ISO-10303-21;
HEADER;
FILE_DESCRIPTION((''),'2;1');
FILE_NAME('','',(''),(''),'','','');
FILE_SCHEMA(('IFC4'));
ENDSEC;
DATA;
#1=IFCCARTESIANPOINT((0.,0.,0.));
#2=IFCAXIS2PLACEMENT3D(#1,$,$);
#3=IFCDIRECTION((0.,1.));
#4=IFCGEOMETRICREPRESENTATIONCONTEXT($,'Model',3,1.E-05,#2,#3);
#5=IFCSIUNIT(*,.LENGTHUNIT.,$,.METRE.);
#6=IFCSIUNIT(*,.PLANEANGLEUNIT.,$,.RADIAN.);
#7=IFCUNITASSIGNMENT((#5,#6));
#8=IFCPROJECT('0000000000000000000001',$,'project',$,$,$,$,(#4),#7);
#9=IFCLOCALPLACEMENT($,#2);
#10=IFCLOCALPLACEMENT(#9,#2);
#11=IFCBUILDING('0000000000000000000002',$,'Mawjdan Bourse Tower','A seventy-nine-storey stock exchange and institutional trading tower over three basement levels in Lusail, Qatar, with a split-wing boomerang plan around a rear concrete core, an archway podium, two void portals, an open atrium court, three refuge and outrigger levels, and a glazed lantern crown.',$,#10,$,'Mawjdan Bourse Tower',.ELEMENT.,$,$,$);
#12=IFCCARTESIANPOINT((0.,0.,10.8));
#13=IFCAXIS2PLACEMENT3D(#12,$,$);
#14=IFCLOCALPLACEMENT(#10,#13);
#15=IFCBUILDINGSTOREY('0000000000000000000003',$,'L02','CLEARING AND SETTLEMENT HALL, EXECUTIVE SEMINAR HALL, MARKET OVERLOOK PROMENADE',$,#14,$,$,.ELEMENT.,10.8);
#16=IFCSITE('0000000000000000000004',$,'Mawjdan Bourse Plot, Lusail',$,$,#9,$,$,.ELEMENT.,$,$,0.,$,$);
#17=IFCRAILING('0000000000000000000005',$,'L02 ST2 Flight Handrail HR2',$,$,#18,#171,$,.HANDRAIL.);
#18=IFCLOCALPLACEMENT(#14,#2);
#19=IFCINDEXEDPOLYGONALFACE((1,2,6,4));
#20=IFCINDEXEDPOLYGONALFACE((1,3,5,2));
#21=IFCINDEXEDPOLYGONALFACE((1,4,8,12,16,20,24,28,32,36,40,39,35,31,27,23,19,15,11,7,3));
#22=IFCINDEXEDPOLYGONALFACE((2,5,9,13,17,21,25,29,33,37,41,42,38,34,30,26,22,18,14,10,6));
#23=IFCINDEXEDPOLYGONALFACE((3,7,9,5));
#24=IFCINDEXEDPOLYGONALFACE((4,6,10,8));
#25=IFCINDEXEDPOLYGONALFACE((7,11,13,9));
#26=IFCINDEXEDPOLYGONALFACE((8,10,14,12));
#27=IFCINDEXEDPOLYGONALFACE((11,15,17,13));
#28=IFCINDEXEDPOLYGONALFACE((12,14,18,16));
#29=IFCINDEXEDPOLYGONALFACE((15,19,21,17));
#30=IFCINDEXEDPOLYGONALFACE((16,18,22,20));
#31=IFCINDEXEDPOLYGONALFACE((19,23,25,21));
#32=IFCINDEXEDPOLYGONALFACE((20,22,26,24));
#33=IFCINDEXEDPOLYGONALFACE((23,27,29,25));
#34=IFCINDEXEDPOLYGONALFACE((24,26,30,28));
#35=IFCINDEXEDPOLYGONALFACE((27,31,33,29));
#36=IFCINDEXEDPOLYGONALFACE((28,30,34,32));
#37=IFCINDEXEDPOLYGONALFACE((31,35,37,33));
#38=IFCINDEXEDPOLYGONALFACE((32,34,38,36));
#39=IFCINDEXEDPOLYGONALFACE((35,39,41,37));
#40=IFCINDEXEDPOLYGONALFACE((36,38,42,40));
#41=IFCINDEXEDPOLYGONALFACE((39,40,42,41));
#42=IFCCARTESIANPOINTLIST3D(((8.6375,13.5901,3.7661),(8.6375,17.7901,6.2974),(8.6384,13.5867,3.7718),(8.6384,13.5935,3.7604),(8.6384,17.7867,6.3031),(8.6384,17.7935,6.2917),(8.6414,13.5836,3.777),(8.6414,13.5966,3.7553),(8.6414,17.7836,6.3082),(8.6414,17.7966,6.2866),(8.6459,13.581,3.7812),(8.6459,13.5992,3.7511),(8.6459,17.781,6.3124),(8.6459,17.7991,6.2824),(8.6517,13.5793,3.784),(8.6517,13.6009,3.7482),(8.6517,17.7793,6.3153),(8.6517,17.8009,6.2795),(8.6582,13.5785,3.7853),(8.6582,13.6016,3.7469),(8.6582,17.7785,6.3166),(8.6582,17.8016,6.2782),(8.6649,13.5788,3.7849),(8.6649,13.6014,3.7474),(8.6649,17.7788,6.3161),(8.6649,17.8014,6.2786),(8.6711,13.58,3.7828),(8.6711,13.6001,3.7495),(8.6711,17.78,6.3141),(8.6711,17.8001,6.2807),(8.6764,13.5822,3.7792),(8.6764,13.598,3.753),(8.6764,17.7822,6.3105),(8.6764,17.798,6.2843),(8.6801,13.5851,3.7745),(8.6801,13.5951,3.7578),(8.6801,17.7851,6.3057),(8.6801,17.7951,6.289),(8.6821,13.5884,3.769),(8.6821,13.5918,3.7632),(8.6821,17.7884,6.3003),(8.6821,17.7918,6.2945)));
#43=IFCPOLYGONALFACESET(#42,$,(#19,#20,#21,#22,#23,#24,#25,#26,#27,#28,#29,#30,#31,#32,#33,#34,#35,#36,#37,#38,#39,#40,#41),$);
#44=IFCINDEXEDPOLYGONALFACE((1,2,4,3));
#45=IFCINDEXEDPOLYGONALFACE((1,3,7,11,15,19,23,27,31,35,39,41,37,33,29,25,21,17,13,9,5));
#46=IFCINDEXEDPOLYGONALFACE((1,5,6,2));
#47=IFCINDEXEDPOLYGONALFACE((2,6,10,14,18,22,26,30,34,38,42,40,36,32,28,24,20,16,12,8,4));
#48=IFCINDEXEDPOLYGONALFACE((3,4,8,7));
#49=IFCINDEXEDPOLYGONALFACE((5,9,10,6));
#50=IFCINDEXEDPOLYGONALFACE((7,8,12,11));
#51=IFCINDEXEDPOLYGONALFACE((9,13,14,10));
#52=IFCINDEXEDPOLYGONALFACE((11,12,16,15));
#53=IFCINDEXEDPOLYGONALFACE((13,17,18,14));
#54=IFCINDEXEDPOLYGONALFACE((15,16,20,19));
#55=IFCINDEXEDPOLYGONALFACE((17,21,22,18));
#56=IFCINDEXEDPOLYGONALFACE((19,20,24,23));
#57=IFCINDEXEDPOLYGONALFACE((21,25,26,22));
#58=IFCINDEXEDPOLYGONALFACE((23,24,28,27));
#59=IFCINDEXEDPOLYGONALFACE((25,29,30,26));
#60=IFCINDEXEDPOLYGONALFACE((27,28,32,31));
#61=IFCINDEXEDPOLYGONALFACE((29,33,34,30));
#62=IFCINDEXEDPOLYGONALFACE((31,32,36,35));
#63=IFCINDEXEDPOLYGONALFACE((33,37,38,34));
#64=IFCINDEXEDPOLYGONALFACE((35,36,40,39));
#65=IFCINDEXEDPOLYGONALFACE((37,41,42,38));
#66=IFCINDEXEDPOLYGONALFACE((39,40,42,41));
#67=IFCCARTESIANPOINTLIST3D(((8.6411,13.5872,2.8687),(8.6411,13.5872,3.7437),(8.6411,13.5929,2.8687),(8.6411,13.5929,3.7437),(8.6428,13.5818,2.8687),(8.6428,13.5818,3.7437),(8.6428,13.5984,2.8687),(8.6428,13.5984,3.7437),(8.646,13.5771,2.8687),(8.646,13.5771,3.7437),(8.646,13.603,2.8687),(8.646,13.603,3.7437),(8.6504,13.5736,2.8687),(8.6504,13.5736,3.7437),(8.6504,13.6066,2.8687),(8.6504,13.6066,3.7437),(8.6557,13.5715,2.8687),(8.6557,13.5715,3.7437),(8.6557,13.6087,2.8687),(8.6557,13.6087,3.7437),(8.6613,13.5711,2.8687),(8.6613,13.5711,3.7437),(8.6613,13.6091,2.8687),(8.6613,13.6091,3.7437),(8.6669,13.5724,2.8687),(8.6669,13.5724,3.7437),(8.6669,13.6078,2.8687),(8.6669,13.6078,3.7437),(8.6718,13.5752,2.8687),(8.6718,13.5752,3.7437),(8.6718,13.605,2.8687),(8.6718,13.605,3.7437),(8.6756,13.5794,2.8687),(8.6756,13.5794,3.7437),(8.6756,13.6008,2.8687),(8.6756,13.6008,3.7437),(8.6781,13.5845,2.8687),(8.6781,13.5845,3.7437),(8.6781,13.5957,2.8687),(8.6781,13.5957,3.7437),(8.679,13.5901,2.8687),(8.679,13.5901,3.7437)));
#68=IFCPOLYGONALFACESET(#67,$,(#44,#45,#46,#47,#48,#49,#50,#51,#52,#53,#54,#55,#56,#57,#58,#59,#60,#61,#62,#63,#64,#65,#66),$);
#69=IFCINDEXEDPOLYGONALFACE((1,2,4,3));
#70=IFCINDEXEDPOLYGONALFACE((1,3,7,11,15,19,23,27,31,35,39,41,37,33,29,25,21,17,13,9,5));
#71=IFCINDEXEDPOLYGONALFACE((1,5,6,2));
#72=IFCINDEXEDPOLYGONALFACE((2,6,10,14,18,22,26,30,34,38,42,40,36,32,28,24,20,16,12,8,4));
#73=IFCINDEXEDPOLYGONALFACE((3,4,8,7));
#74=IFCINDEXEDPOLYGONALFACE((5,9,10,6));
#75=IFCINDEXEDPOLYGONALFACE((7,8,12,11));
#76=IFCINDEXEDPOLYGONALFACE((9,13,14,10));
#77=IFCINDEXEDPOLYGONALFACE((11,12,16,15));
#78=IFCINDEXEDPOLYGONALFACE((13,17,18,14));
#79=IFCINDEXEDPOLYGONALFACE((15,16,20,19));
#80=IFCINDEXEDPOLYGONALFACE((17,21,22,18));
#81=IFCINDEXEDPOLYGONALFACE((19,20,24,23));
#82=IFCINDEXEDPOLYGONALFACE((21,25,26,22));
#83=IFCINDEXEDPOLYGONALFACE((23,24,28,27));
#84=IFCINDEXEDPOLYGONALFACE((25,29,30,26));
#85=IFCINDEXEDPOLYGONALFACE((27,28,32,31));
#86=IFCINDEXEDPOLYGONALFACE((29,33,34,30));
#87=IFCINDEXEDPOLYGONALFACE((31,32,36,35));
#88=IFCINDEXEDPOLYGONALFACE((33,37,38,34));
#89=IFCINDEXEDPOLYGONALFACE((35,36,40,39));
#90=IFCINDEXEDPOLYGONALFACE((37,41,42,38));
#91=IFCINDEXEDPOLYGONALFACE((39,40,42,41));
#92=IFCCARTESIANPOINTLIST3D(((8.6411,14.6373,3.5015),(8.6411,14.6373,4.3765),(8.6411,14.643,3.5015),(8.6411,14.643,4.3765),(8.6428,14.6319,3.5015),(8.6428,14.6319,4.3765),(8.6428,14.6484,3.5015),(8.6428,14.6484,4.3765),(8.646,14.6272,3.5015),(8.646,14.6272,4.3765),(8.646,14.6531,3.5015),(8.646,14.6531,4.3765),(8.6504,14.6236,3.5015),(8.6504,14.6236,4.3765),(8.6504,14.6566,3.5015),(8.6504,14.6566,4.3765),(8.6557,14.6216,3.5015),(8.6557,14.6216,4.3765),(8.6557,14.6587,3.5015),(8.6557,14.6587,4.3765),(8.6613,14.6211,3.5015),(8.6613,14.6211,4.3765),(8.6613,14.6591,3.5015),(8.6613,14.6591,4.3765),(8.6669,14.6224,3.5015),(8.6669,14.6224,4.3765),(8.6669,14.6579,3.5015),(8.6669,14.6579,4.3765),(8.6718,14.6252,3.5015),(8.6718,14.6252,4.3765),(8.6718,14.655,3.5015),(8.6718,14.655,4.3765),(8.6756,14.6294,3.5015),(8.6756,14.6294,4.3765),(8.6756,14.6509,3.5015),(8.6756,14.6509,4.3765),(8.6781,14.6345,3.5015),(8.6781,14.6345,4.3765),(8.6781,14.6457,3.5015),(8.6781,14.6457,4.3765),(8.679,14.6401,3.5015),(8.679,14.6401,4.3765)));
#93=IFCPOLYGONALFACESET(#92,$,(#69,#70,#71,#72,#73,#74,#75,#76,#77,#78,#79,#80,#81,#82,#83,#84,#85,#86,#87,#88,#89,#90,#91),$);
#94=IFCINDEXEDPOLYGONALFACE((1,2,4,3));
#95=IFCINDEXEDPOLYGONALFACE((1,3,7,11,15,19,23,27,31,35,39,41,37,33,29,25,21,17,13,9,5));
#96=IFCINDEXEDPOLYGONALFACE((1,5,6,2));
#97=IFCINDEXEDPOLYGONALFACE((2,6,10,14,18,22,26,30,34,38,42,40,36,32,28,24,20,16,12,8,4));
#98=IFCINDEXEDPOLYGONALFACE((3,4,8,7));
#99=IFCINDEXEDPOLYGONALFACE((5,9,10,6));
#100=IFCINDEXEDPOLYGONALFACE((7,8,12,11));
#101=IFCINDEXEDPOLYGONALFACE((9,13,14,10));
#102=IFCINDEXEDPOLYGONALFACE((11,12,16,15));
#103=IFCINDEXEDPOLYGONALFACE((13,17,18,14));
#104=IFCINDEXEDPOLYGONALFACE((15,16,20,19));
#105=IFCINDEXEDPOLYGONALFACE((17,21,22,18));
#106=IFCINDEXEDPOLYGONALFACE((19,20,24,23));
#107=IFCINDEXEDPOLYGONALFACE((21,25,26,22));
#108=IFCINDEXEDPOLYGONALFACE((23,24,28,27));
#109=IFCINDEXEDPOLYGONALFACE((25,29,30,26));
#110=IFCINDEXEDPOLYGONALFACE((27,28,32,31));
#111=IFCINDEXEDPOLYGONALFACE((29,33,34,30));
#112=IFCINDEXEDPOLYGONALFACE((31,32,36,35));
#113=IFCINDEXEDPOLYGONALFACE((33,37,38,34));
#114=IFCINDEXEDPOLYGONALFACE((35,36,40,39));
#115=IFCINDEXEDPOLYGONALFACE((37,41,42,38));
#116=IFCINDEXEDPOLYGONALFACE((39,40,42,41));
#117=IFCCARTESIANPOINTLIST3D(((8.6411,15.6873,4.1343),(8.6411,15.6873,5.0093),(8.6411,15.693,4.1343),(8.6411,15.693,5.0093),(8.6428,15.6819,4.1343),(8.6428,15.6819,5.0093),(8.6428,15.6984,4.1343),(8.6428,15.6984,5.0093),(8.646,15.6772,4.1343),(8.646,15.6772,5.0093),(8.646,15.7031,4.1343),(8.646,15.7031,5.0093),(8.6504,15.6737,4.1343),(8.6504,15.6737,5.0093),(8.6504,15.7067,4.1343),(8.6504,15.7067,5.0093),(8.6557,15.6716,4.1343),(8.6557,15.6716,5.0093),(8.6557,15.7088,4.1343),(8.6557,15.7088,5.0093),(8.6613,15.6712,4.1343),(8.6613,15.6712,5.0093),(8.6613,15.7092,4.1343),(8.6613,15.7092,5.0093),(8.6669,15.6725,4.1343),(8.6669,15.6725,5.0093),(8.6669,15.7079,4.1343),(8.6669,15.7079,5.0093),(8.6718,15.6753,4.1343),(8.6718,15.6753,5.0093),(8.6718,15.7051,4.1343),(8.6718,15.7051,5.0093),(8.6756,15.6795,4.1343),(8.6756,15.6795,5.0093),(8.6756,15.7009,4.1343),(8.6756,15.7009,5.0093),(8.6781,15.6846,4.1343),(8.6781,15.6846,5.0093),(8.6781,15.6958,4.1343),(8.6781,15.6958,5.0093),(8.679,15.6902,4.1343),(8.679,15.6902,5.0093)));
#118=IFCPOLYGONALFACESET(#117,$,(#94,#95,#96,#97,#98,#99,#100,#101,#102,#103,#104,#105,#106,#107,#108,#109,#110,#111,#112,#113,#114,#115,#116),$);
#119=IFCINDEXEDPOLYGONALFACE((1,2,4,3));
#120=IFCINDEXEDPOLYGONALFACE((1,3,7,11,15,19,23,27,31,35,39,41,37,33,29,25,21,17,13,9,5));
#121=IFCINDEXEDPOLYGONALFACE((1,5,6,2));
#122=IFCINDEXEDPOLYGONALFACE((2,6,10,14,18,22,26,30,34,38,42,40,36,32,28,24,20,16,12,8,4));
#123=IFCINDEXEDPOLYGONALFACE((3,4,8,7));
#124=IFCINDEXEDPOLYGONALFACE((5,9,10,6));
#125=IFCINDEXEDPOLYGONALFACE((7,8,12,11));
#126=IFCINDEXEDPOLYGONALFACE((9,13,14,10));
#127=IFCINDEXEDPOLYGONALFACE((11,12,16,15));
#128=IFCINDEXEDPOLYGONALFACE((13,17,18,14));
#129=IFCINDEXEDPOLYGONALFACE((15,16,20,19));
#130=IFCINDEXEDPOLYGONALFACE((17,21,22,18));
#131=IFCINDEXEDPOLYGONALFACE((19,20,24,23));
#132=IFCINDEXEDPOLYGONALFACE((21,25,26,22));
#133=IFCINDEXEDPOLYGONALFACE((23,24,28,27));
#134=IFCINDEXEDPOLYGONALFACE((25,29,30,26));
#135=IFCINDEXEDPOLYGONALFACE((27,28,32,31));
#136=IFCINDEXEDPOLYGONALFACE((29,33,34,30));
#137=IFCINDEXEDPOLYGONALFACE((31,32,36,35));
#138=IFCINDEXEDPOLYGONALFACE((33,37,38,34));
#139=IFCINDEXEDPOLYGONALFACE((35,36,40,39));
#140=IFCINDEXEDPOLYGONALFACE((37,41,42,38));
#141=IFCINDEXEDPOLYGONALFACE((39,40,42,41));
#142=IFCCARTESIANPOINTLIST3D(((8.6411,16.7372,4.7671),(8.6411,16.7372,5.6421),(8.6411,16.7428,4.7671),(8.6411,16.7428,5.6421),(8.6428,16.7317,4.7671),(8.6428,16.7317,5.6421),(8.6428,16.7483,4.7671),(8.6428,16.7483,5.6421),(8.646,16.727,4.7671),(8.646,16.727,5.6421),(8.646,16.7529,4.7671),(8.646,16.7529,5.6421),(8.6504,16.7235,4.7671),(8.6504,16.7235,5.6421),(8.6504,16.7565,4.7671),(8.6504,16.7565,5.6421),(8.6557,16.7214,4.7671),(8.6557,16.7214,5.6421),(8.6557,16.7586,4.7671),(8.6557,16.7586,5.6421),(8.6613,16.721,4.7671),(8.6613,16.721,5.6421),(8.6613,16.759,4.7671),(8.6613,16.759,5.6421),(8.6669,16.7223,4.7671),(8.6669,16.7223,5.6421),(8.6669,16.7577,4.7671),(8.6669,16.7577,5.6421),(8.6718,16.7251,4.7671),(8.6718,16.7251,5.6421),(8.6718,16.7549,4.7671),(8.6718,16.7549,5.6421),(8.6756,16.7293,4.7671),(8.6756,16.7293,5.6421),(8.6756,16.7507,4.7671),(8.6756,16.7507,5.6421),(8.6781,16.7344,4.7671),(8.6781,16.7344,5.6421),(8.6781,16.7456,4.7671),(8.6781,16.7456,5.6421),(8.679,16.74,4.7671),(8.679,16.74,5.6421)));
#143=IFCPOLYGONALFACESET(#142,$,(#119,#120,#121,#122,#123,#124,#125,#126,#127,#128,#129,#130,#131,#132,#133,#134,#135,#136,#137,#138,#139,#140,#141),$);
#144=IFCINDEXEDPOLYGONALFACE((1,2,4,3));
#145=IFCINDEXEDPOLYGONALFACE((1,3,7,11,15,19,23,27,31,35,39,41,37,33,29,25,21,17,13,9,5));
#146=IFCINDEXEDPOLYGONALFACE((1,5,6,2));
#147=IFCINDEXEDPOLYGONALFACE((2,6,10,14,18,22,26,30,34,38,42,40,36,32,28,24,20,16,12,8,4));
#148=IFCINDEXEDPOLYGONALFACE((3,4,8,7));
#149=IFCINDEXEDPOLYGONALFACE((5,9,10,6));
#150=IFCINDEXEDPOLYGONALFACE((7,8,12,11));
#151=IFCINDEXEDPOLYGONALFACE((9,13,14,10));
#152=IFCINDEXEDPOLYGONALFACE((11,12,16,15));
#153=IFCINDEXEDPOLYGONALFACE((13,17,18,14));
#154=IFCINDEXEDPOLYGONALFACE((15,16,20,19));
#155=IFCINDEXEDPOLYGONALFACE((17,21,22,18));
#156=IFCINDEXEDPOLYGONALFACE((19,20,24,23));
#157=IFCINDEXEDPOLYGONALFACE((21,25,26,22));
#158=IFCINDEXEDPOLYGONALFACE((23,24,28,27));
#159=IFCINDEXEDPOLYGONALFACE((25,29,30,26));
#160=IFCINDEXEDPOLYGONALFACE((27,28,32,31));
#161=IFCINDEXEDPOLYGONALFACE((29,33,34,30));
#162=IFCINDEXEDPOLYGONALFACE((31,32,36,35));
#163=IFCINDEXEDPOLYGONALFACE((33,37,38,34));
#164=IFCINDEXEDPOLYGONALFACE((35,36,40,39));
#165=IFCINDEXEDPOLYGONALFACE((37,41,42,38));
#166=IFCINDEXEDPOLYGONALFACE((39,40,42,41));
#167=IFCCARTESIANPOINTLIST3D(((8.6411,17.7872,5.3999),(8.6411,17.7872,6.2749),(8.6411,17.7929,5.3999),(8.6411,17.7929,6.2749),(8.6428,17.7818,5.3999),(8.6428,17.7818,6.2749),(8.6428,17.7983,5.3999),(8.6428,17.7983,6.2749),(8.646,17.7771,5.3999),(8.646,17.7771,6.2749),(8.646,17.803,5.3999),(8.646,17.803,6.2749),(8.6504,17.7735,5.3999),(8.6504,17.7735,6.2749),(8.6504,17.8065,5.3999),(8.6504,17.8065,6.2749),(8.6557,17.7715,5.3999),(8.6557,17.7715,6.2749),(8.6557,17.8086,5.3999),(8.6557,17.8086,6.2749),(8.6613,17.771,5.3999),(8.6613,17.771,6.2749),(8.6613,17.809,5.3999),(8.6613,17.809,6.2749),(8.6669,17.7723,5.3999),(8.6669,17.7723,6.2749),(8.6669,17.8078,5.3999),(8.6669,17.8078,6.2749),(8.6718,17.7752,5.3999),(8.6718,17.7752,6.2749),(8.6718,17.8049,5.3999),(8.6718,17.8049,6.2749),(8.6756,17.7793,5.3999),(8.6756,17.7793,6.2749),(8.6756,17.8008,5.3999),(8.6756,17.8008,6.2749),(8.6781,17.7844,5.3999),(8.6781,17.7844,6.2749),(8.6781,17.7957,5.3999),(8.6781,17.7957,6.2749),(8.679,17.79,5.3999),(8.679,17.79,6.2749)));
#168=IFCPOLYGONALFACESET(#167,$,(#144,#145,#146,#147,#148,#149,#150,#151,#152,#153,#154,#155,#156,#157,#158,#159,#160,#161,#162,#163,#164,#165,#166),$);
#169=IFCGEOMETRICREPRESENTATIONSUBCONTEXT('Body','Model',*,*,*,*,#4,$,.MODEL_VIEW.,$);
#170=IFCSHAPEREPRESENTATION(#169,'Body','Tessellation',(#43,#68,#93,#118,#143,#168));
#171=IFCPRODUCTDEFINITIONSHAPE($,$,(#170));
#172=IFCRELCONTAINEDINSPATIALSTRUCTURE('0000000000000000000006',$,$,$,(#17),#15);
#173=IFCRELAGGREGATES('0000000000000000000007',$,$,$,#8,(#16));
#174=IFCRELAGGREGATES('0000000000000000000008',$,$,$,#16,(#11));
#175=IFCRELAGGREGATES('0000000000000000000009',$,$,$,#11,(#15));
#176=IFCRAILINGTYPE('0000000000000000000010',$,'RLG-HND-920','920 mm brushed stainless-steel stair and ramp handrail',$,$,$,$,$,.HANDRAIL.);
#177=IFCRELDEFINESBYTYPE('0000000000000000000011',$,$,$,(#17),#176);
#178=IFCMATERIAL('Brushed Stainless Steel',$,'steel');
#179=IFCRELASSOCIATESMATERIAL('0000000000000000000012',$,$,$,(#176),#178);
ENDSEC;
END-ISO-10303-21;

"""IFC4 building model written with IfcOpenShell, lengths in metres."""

from ifc_helpers import new_model, si_unit, direction, frame, origin, origin_2d, place, context, subcontext, project, spatial, circle, extrude, material, type_object, element, save


model = new_model("IFC4")

# Units and contexts
model_context = context("Model", 3, precision=1e-05, world=origin(), true_north=direction((0.0, 1.0)))
body_context = subcontext(model_context, "Body", "Model", "MODEL_VIEW")
ifc_project = project(units=[si_unit("LENGTHUNIT", "METRE"), si_unit("PLANEANGLEUNIT", "RADIAN")], contexts=[model_context])

# Site, building, storey
site_placement = place(None, origin())
site = spatial("IfcSite", under=ifc_project, at=site_placement, Name="Mawjdan Bourse Plot, Lusail", CompositionType="ELEMENT", RefElevation=0.0)
building_placement = place(site_placement, origin())
building = spatial("IfcBuilding", under=site, at=building_placement, Name="Mawjdan Bourse Tower", Description="A seventy-nine-storey stock exchange and institutional trading tower over three basement levels in Lusail, Qatar, with a split-wing boomerang plan around a rear concrete core, an archway podium, two void portals, an open atrium court, three refuge and outrigger levels, and a glazed lantern crown.", LongName="Mawjdan Bourse Tower", CompositionType="ELEMENT")
storey_placement = place(building_placement, frame((0.0, 0.0, 10.8)))
storey = spatial("IfcBuildingStorey", under=building, at=storey_placement, Name="L02", Description="CLEARING AND SETTLEMENT HALL, EXECUTIVE SEMINAR HALL, MARKET OVERLOOK PROMENADE", CompositionType="ELEMENT", Elevation=10.8)

# Railing
ifc_material_1 = material(Name="Brushed Stainless Steel", Category="steel")
railing_type_1 = type_object("IfcRailingType", Name="RLG-HND-920", Description="920 mm brushed stainless-steel stair and ramp handrail", PredefinedType="HANDRAIL", material=ifc_material_1)
railing_1_placement = place(storey_placement, frame((8.6599, 13.5901, 2.8687)))
element("IfcRailing", 1, at=railing_1_placement, inside=storey, type_object=railing_type_1, Name="L02 ST2 Flight Handrail HR2", PredefinedType="HANDRAIL", context=body_context, shape_type="SweptSolid", body=[
    extrude(circle(Radius=0.0225, at=origin_2d()), frame((0.0, 0.0, 0.8975), z_axis=(0.0, 0.856476, 0.516186), x_axis=(-1.0, 0.0, 0.0)), (0.0, 0.0, 1.0), 4.9038),
    extrude(circle(Radius=0.019, at=origin_2d()), origin(), (0.0, 0.0, 1.0), 0.875),
    extrude(circle(Radius=0.019, at=origin_2d()), frame((0.0, 1.05, 0.6328)), (0.0, 0.0, 1.0), 0.875),
    extrude(circle(Radius=0.019, at=origin_2d()), frame((0.0, 2.1001, 1.2656)), (0.0, 0.0, 1.0), 0.875),
    extrude(circle(Radius=0.019, at=origin_2d()), frame((0.0, 3.1499, 1.8984)), (0.0, 0.0, 1.0), 0.875),
    extrude(circle(Radius=0.019, at=origin_2d()), frame((0.0, 4.2, 2.5312)), (0.0, 0.0, 1.0), 0.875),
])

save(model, "model.ifc")
